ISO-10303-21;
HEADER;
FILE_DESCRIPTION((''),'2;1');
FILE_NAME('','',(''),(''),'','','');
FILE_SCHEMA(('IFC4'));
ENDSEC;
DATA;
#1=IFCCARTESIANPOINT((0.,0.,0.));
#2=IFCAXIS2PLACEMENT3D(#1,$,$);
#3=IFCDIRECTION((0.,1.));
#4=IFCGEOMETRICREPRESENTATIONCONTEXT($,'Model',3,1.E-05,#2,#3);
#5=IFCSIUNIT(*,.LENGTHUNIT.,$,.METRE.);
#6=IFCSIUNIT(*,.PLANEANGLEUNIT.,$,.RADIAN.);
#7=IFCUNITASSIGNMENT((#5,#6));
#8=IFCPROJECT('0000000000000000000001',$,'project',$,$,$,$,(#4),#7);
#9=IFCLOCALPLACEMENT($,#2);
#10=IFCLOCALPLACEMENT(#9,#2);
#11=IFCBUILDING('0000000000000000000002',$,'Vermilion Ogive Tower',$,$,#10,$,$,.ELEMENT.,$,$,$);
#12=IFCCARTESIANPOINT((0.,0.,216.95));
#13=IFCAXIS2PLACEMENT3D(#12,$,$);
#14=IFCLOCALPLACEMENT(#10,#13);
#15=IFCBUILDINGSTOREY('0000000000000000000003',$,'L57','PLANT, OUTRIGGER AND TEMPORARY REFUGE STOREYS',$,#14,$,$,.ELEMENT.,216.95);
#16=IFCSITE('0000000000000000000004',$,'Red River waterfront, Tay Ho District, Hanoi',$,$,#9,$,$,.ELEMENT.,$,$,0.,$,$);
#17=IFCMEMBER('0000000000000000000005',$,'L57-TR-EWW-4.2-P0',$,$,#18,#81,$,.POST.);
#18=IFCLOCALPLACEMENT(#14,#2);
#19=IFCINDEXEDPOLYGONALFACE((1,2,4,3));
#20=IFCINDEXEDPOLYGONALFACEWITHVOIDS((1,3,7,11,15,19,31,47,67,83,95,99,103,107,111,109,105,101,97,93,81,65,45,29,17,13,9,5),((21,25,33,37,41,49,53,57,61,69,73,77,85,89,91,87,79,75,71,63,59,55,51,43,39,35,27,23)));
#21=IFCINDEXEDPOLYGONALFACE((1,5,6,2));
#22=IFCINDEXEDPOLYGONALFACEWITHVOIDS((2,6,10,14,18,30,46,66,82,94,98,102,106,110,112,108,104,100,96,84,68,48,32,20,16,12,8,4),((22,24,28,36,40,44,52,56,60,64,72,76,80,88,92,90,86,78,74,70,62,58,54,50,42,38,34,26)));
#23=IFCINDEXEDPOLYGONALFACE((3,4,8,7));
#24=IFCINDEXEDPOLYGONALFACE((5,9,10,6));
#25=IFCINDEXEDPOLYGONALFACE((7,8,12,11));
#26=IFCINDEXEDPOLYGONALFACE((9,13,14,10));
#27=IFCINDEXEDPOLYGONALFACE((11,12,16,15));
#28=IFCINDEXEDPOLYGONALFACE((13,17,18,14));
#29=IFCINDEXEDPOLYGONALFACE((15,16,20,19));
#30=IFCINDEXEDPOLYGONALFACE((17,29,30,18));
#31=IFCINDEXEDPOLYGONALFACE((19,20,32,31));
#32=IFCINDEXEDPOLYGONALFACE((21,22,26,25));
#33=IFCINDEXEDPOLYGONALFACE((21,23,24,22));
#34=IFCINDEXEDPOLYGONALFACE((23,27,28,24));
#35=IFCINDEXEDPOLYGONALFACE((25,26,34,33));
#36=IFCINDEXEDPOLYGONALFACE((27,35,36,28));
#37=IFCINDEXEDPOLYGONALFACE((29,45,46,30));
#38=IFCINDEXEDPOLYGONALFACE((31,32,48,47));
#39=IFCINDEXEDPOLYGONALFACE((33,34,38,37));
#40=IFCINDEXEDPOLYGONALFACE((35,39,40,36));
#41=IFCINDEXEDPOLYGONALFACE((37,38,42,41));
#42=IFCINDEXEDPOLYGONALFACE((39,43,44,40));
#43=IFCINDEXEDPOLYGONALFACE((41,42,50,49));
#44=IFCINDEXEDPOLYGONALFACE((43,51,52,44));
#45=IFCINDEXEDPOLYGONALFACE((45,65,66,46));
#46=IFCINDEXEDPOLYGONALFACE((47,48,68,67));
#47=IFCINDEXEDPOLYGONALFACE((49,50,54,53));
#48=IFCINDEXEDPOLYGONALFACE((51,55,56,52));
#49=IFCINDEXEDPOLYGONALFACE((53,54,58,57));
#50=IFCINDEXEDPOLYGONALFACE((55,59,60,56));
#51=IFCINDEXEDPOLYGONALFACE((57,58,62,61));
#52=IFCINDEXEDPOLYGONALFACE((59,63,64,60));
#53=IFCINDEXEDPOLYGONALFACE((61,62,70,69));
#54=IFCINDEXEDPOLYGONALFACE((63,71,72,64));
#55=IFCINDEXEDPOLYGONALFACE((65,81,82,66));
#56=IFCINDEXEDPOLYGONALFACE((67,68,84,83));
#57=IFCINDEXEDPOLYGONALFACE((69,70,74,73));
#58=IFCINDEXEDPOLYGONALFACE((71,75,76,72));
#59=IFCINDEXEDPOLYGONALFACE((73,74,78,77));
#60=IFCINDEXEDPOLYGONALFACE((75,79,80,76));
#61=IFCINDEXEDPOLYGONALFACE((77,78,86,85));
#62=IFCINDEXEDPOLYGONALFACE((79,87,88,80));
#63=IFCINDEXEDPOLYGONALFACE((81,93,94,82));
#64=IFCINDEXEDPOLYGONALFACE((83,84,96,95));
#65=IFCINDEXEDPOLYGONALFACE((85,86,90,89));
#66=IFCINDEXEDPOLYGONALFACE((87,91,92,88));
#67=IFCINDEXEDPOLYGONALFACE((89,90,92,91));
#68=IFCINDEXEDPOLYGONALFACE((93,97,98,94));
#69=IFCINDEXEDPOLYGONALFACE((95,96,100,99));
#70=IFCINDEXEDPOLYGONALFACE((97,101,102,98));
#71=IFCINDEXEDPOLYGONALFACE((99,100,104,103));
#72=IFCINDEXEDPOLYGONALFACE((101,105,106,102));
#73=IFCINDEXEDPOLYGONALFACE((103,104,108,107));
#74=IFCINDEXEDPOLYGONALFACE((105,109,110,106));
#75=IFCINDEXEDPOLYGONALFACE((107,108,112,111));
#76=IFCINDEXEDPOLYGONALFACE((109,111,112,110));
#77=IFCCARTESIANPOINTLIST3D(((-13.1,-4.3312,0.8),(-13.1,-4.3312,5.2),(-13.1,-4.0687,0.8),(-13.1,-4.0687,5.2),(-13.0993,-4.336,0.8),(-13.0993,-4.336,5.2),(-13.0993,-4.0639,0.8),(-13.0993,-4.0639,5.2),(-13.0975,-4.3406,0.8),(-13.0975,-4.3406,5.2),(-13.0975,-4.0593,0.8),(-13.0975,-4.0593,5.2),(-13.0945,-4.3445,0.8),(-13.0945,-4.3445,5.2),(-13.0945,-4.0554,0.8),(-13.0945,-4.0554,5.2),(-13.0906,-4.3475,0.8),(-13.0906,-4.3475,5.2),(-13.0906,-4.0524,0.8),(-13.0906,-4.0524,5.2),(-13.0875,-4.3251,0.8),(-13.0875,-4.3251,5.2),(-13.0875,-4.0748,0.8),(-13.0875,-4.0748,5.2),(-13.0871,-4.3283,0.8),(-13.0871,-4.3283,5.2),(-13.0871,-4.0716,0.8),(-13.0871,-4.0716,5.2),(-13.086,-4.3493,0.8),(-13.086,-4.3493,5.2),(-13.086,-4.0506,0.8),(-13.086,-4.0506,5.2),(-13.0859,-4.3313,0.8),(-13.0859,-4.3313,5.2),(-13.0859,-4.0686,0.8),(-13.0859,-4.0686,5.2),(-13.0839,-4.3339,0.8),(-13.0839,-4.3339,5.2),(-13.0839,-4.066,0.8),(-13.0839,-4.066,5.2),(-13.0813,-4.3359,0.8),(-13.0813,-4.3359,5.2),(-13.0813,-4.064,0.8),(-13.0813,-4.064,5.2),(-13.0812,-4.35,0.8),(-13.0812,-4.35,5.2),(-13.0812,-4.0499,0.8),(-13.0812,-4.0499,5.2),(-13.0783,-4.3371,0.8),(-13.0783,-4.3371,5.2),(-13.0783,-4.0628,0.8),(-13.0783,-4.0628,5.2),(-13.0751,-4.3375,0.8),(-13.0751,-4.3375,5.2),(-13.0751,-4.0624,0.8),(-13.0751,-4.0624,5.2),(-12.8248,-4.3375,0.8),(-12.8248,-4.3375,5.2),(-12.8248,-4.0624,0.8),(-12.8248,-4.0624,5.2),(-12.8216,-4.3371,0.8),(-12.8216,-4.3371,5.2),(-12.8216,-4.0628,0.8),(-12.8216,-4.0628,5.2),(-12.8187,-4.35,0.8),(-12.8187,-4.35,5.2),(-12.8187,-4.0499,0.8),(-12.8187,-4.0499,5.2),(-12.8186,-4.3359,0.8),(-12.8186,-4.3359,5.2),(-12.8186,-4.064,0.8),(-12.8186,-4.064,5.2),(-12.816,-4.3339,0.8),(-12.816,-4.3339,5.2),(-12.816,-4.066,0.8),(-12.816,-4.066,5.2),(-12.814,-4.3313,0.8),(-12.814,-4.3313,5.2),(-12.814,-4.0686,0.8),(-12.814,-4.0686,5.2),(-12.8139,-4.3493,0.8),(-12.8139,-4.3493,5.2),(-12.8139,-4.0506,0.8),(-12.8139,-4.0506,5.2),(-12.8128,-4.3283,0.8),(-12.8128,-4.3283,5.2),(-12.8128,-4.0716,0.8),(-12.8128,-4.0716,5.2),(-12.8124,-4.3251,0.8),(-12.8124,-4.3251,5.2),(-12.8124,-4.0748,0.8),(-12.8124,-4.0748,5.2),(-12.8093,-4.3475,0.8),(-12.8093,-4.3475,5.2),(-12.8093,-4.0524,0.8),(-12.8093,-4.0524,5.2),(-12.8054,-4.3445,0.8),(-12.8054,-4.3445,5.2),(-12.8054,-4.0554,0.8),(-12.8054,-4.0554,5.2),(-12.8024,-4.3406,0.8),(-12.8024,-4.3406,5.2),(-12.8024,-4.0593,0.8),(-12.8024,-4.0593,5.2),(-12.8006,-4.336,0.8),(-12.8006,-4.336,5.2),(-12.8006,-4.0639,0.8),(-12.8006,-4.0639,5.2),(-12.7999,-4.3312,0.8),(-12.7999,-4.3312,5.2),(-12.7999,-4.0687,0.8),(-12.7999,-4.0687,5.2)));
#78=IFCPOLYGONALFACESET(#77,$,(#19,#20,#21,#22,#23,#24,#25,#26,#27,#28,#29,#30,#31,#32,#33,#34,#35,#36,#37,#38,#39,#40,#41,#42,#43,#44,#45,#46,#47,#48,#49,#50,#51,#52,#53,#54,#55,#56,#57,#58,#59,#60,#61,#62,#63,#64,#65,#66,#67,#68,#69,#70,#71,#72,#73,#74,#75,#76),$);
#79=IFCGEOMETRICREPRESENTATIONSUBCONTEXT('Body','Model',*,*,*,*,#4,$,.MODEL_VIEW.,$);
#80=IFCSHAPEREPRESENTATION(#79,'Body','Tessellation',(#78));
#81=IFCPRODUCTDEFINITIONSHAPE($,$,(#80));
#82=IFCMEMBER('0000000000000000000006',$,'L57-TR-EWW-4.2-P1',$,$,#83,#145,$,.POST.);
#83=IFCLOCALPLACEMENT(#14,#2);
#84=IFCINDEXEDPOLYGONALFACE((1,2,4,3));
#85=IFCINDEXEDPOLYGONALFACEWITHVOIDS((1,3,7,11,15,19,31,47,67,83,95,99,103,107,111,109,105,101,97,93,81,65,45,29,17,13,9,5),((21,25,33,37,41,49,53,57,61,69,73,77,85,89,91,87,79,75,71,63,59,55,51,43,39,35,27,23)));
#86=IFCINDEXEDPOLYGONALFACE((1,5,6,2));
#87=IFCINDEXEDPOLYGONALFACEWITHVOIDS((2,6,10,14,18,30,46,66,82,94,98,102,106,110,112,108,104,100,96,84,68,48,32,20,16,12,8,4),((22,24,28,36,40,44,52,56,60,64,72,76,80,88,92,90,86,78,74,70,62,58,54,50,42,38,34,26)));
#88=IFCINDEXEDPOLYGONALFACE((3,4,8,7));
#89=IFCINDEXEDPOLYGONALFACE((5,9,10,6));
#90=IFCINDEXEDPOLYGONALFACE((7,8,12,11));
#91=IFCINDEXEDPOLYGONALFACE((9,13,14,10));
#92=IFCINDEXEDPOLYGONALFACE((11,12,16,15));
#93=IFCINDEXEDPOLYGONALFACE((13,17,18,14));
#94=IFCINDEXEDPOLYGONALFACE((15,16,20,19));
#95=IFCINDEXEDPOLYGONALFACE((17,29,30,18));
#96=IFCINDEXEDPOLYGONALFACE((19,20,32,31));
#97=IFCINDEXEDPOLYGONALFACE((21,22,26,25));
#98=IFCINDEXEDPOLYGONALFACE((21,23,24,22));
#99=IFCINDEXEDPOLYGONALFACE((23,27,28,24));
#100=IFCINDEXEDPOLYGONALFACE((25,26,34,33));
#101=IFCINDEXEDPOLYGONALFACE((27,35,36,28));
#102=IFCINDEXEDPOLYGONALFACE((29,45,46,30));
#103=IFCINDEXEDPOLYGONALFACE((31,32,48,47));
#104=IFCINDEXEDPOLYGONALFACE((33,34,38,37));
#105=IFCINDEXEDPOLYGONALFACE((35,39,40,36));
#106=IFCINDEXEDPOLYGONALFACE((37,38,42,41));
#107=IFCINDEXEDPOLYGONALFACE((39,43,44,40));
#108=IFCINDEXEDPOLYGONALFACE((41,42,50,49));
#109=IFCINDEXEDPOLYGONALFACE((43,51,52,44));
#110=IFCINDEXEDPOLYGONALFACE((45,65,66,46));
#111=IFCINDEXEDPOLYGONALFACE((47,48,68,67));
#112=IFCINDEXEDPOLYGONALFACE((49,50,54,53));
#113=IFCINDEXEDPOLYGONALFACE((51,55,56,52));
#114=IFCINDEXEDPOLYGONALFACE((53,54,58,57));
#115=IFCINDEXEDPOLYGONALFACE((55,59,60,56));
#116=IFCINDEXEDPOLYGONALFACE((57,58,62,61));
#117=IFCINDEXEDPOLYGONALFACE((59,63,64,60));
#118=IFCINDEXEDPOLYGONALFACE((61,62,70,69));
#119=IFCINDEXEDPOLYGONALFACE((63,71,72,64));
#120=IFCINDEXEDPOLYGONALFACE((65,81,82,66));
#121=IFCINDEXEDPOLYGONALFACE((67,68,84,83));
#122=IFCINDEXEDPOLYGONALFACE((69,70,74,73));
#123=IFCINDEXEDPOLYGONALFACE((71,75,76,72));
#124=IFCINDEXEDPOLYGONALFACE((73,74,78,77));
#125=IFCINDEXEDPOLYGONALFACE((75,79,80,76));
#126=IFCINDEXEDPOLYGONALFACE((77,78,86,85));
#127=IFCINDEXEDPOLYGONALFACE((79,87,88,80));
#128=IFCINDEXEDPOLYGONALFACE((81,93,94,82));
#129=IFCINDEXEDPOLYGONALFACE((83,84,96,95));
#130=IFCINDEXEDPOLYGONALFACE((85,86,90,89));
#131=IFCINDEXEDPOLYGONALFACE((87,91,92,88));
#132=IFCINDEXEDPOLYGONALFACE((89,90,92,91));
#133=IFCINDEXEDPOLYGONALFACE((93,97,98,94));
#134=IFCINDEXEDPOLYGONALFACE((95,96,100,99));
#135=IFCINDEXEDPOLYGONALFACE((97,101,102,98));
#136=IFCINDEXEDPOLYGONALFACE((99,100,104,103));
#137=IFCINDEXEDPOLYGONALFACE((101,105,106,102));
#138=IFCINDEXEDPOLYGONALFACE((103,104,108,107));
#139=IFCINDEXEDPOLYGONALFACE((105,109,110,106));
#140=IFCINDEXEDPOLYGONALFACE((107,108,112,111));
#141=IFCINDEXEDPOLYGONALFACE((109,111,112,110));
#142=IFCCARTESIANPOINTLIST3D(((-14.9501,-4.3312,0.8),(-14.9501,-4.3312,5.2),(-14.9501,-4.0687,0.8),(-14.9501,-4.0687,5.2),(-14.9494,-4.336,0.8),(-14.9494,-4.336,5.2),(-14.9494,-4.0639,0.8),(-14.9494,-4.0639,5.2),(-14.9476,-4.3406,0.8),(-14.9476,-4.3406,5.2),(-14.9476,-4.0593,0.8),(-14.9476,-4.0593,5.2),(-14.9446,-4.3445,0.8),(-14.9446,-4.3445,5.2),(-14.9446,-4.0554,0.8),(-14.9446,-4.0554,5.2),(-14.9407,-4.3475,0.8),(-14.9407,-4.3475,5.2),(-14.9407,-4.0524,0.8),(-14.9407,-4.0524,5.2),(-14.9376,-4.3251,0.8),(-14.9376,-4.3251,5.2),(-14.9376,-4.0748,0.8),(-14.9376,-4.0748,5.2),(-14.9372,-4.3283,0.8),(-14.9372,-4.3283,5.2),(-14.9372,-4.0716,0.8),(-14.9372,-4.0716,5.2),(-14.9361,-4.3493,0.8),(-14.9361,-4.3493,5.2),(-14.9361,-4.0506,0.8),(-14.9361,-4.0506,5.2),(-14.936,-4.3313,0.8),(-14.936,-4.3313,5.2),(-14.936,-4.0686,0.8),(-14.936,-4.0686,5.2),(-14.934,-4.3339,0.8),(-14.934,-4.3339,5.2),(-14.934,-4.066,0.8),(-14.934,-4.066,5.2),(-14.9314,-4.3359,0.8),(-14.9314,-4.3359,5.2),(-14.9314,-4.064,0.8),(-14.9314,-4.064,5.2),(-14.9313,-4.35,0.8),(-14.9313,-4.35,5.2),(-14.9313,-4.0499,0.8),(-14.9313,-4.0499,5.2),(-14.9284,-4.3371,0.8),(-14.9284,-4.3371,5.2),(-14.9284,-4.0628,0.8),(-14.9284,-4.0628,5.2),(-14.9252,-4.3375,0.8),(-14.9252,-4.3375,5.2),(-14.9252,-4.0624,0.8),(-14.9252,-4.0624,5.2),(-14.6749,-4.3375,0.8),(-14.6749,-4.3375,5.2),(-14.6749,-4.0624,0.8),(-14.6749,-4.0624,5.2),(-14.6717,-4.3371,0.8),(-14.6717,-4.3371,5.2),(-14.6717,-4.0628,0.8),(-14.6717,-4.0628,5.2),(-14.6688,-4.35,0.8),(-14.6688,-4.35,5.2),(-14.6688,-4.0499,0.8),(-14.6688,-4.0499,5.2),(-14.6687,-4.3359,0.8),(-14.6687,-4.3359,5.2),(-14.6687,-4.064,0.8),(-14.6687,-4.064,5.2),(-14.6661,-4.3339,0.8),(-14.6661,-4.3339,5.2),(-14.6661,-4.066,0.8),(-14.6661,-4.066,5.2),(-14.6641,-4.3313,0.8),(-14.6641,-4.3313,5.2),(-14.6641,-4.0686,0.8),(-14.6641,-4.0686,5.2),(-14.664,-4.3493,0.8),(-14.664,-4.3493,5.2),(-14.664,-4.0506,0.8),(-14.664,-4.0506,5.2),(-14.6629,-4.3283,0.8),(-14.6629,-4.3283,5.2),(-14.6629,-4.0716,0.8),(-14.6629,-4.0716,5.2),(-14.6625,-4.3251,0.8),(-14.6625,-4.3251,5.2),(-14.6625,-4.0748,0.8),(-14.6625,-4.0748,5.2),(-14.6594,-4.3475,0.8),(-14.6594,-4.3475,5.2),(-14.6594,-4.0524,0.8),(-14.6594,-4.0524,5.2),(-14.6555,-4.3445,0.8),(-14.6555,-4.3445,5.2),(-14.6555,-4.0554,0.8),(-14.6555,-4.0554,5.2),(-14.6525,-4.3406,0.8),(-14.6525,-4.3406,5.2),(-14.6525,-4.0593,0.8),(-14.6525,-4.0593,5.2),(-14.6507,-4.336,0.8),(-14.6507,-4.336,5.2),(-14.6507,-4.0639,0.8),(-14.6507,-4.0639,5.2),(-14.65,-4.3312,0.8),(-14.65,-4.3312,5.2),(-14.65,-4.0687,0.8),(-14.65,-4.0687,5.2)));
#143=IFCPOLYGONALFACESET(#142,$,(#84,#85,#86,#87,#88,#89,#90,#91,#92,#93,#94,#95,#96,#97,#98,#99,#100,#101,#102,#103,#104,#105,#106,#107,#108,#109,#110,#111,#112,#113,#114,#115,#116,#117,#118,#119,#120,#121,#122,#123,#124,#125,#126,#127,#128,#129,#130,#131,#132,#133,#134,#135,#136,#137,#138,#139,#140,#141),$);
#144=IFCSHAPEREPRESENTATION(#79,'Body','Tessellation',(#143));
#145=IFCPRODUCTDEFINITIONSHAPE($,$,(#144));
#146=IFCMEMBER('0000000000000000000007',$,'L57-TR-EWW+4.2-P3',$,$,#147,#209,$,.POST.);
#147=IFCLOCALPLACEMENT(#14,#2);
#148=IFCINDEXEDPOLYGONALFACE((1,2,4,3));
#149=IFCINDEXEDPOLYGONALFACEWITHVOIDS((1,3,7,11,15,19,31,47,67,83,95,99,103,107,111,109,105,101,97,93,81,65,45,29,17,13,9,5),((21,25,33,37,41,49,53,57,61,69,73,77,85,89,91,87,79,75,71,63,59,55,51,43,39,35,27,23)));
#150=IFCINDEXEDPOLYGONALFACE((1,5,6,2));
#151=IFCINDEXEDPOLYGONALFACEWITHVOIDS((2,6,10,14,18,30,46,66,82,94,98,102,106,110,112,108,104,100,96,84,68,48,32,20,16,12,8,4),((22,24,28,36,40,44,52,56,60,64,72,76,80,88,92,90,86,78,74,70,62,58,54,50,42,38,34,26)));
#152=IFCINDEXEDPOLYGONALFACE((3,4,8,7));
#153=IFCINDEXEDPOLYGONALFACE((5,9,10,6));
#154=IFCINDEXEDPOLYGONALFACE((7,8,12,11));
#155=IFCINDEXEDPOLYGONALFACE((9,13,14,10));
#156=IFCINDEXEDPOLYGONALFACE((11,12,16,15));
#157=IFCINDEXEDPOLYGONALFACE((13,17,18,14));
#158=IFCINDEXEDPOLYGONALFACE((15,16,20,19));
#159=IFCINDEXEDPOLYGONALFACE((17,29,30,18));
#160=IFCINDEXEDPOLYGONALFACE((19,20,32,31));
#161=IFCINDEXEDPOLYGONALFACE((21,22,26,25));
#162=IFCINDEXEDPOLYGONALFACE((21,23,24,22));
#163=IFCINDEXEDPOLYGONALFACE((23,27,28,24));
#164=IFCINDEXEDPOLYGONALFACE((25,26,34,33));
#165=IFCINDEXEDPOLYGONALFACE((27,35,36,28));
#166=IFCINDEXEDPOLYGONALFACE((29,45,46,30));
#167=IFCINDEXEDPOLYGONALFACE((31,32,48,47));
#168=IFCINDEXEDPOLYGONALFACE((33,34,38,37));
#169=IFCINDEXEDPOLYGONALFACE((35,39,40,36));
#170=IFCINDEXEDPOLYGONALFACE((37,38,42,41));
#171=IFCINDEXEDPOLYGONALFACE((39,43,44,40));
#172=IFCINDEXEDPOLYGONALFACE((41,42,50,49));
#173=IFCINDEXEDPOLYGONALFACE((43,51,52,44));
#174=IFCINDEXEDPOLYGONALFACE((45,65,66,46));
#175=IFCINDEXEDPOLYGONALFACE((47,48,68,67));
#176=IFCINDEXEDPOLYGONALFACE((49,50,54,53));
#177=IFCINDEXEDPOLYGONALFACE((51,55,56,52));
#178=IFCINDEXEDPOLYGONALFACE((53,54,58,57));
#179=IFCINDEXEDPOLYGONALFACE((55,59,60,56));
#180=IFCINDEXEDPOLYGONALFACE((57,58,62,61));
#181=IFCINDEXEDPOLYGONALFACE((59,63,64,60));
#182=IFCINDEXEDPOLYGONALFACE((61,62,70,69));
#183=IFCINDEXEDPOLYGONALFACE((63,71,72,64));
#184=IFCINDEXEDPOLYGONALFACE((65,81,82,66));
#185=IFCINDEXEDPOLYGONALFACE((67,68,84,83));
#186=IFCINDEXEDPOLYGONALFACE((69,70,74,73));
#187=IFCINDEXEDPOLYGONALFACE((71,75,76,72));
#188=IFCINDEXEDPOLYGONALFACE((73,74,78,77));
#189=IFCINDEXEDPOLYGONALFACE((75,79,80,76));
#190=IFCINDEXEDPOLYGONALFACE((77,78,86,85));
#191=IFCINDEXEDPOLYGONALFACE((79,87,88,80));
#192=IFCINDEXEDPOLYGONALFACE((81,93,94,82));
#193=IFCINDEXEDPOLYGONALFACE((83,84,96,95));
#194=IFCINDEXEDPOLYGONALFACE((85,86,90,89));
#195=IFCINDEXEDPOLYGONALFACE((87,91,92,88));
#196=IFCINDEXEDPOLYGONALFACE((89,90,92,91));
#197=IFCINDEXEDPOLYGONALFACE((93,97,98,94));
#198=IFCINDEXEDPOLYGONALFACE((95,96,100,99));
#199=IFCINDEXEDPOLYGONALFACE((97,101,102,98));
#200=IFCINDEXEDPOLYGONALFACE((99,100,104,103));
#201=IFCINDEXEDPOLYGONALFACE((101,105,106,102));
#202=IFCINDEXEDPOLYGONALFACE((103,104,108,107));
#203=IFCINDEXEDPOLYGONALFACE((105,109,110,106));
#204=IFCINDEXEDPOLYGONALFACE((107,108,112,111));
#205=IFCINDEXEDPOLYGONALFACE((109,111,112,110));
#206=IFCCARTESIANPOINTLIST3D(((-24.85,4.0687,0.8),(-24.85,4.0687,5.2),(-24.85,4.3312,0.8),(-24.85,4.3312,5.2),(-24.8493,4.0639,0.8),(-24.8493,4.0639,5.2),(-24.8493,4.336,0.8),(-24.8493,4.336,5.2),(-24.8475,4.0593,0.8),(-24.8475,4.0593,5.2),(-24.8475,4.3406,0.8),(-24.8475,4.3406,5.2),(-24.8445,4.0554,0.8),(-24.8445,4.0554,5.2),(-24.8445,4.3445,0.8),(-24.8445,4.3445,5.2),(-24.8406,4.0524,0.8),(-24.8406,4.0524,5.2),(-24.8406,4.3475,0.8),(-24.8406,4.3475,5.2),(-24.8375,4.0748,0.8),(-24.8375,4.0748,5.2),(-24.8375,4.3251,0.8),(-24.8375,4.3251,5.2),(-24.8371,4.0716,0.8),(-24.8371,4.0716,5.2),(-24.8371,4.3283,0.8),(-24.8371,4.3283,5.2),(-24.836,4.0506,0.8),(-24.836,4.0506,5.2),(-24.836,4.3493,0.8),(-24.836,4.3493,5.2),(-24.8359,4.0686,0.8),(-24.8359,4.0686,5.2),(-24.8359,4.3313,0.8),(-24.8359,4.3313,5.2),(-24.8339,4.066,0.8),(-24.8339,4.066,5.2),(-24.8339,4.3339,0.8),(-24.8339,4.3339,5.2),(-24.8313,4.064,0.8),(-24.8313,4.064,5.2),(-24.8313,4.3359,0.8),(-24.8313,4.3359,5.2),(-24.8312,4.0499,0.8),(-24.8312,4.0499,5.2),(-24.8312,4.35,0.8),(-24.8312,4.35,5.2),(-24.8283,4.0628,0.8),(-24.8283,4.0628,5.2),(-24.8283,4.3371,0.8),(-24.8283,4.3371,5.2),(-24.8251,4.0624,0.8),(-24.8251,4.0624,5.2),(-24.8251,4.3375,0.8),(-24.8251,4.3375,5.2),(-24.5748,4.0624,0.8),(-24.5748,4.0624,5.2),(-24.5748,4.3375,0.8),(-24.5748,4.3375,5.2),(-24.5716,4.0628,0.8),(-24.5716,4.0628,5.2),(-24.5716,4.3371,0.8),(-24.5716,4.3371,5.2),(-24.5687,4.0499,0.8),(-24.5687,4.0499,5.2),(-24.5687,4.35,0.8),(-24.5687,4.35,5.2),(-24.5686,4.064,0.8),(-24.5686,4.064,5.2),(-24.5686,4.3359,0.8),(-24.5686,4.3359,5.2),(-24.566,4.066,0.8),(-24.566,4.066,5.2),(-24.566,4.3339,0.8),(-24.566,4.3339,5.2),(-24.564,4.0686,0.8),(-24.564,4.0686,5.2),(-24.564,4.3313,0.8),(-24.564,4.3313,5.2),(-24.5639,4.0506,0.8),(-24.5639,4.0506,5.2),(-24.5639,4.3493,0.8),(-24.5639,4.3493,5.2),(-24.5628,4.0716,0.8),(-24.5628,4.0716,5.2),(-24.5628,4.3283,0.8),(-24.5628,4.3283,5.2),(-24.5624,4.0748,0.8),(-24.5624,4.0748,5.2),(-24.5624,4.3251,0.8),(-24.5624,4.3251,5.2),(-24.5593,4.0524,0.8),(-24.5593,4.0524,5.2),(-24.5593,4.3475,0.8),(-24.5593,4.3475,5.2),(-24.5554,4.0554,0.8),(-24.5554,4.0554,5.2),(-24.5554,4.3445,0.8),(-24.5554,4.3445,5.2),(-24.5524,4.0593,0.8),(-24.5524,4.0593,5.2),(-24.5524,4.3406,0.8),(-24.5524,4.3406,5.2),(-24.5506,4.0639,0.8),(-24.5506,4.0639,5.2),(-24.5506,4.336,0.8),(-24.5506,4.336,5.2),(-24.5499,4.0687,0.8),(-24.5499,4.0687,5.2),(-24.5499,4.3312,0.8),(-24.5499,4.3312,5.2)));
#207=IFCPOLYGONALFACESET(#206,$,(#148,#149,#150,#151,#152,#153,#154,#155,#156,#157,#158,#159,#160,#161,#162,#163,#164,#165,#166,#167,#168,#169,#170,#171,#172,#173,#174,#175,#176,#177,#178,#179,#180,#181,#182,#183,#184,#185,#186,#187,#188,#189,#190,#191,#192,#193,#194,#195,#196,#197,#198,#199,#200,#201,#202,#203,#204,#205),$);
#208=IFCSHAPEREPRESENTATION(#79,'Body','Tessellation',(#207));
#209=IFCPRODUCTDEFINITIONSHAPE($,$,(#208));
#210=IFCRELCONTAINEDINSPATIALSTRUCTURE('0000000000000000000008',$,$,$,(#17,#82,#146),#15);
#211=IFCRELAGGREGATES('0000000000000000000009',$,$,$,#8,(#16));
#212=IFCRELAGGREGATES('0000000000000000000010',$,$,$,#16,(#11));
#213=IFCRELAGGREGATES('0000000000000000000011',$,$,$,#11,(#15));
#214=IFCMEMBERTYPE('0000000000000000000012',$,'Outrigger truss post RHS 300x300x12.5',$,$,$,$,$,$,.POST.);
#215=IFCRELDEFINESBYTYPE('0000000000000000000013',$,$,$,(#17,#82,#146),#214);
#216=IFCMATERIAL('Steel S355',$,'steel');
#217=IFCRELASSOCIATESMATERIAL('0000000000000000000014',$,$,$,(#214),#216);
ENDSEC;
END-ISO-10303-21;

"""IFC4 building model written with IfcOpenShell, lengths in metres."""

from ifc_helpers import new_model, si_unit, direction, frame, origin, origin_2d, place, context, subcontext, project, spatial, hollow_rectangle, extrude, material, material_profile, profile_set, type_object, element, save


model = new_model("IFC4")

# Units and contexts
model_context = context("Model", 3, precision=1e-05, world=origin(), true_north=direction((0.0, 1.0)))
body_context = subcontext(model_context, "Body", "Model", "MODEL_VIEW")
ifc_project = project(units=[si_unit("LENGTHUNIT", "METRE"), si_unit("PLANEANGLEUNIT", "RADIAN")], contexts=[model_context])

# Site, building, storey
site_placement = place(None, origin())
site = spatial("IfcSite", under=ifc_project, at=site_placement, Name="Red River waterfront, Tay Ho District, Hanoi", CompositionType="ELEMENT", RefElevation=0.0)
building_placement = place(site_placement, origin())
building = spatial("IfcBuilding", under=site, at=building_placement, Name="Vermilion Ogive Tower", CompositionType="ELEMENT")
storey_placement = place(building_placement, frame((0.0, 0.0, 216.95)))
storey = spatial("IfcBuildingStorey", under=building, at=storey_placement, Name="L57", Description="PLANT, OUTRIGGER AND TEMPORARY REFUGE STOREYS", CompositionType="ELEMENT", Elevation=216.95)

# Members
ifc_material_1 = material(Name="Steel S355", Category="steel")
ifc_material_profile_1 = material_profile(ifc_material_1, hollow_rectangle(XDim=0.3, YDim=0.3, WallThickness=0.0125, InnerFilletRadius=0.0125, OuterFilletRadius=0.0188, at=origin_2d()), Name="RHS 300x300x12.5")
ifc_profile_set_1 = profile_set([ifc_material_profile_1], Name="Steel S355")
member_type_1 = type_object("IfcMemberType", Name="Outrigger truss post RHS 300x300x12.5", PredefinedType="POST", material=ifc_profile_set_1)
for number, where, z_axis, x_axis, name in (
    (1, (-12.95, -4.2, 0.8), (0.0, 0.0, 1.0), (1.0, 0.0, 0.0), "L57-TR-EWW-4.2-P0"),
    (2, (-14.8, -4.2, 0.8), (0.0, 0.0, 1.0), (1.0, 0.0, 0.0), "L57-TR-EWW-4.2-P1"),
    (3, (-24.7, 4.2, 0.8), (0.0, 0.0, 1.0), (1.0, 0.0, 0.0), "L57-TR-EWW+4.2-P3"),
):
    element("IfcMember", number, at=place(storey_placement, frame(where, z_axis=z_axis, x_axis=x_axis)), inside=storey, type_object=member_type_1, Name=name, PredefinedType="POST", context=body_context, shape_type="SweptSolid", body=[
        extrude(hollow_rectangle(XDim=0.3, YDim=0.3, WallThickness=0.0125, InnerFilletRadius=0.0125, OuterFilletRadius=0.0188, at=origin_2d()), origin(), (0.0, 0.0, 1.0), 4.3999),
    ])

save(model, "model.ifc")
